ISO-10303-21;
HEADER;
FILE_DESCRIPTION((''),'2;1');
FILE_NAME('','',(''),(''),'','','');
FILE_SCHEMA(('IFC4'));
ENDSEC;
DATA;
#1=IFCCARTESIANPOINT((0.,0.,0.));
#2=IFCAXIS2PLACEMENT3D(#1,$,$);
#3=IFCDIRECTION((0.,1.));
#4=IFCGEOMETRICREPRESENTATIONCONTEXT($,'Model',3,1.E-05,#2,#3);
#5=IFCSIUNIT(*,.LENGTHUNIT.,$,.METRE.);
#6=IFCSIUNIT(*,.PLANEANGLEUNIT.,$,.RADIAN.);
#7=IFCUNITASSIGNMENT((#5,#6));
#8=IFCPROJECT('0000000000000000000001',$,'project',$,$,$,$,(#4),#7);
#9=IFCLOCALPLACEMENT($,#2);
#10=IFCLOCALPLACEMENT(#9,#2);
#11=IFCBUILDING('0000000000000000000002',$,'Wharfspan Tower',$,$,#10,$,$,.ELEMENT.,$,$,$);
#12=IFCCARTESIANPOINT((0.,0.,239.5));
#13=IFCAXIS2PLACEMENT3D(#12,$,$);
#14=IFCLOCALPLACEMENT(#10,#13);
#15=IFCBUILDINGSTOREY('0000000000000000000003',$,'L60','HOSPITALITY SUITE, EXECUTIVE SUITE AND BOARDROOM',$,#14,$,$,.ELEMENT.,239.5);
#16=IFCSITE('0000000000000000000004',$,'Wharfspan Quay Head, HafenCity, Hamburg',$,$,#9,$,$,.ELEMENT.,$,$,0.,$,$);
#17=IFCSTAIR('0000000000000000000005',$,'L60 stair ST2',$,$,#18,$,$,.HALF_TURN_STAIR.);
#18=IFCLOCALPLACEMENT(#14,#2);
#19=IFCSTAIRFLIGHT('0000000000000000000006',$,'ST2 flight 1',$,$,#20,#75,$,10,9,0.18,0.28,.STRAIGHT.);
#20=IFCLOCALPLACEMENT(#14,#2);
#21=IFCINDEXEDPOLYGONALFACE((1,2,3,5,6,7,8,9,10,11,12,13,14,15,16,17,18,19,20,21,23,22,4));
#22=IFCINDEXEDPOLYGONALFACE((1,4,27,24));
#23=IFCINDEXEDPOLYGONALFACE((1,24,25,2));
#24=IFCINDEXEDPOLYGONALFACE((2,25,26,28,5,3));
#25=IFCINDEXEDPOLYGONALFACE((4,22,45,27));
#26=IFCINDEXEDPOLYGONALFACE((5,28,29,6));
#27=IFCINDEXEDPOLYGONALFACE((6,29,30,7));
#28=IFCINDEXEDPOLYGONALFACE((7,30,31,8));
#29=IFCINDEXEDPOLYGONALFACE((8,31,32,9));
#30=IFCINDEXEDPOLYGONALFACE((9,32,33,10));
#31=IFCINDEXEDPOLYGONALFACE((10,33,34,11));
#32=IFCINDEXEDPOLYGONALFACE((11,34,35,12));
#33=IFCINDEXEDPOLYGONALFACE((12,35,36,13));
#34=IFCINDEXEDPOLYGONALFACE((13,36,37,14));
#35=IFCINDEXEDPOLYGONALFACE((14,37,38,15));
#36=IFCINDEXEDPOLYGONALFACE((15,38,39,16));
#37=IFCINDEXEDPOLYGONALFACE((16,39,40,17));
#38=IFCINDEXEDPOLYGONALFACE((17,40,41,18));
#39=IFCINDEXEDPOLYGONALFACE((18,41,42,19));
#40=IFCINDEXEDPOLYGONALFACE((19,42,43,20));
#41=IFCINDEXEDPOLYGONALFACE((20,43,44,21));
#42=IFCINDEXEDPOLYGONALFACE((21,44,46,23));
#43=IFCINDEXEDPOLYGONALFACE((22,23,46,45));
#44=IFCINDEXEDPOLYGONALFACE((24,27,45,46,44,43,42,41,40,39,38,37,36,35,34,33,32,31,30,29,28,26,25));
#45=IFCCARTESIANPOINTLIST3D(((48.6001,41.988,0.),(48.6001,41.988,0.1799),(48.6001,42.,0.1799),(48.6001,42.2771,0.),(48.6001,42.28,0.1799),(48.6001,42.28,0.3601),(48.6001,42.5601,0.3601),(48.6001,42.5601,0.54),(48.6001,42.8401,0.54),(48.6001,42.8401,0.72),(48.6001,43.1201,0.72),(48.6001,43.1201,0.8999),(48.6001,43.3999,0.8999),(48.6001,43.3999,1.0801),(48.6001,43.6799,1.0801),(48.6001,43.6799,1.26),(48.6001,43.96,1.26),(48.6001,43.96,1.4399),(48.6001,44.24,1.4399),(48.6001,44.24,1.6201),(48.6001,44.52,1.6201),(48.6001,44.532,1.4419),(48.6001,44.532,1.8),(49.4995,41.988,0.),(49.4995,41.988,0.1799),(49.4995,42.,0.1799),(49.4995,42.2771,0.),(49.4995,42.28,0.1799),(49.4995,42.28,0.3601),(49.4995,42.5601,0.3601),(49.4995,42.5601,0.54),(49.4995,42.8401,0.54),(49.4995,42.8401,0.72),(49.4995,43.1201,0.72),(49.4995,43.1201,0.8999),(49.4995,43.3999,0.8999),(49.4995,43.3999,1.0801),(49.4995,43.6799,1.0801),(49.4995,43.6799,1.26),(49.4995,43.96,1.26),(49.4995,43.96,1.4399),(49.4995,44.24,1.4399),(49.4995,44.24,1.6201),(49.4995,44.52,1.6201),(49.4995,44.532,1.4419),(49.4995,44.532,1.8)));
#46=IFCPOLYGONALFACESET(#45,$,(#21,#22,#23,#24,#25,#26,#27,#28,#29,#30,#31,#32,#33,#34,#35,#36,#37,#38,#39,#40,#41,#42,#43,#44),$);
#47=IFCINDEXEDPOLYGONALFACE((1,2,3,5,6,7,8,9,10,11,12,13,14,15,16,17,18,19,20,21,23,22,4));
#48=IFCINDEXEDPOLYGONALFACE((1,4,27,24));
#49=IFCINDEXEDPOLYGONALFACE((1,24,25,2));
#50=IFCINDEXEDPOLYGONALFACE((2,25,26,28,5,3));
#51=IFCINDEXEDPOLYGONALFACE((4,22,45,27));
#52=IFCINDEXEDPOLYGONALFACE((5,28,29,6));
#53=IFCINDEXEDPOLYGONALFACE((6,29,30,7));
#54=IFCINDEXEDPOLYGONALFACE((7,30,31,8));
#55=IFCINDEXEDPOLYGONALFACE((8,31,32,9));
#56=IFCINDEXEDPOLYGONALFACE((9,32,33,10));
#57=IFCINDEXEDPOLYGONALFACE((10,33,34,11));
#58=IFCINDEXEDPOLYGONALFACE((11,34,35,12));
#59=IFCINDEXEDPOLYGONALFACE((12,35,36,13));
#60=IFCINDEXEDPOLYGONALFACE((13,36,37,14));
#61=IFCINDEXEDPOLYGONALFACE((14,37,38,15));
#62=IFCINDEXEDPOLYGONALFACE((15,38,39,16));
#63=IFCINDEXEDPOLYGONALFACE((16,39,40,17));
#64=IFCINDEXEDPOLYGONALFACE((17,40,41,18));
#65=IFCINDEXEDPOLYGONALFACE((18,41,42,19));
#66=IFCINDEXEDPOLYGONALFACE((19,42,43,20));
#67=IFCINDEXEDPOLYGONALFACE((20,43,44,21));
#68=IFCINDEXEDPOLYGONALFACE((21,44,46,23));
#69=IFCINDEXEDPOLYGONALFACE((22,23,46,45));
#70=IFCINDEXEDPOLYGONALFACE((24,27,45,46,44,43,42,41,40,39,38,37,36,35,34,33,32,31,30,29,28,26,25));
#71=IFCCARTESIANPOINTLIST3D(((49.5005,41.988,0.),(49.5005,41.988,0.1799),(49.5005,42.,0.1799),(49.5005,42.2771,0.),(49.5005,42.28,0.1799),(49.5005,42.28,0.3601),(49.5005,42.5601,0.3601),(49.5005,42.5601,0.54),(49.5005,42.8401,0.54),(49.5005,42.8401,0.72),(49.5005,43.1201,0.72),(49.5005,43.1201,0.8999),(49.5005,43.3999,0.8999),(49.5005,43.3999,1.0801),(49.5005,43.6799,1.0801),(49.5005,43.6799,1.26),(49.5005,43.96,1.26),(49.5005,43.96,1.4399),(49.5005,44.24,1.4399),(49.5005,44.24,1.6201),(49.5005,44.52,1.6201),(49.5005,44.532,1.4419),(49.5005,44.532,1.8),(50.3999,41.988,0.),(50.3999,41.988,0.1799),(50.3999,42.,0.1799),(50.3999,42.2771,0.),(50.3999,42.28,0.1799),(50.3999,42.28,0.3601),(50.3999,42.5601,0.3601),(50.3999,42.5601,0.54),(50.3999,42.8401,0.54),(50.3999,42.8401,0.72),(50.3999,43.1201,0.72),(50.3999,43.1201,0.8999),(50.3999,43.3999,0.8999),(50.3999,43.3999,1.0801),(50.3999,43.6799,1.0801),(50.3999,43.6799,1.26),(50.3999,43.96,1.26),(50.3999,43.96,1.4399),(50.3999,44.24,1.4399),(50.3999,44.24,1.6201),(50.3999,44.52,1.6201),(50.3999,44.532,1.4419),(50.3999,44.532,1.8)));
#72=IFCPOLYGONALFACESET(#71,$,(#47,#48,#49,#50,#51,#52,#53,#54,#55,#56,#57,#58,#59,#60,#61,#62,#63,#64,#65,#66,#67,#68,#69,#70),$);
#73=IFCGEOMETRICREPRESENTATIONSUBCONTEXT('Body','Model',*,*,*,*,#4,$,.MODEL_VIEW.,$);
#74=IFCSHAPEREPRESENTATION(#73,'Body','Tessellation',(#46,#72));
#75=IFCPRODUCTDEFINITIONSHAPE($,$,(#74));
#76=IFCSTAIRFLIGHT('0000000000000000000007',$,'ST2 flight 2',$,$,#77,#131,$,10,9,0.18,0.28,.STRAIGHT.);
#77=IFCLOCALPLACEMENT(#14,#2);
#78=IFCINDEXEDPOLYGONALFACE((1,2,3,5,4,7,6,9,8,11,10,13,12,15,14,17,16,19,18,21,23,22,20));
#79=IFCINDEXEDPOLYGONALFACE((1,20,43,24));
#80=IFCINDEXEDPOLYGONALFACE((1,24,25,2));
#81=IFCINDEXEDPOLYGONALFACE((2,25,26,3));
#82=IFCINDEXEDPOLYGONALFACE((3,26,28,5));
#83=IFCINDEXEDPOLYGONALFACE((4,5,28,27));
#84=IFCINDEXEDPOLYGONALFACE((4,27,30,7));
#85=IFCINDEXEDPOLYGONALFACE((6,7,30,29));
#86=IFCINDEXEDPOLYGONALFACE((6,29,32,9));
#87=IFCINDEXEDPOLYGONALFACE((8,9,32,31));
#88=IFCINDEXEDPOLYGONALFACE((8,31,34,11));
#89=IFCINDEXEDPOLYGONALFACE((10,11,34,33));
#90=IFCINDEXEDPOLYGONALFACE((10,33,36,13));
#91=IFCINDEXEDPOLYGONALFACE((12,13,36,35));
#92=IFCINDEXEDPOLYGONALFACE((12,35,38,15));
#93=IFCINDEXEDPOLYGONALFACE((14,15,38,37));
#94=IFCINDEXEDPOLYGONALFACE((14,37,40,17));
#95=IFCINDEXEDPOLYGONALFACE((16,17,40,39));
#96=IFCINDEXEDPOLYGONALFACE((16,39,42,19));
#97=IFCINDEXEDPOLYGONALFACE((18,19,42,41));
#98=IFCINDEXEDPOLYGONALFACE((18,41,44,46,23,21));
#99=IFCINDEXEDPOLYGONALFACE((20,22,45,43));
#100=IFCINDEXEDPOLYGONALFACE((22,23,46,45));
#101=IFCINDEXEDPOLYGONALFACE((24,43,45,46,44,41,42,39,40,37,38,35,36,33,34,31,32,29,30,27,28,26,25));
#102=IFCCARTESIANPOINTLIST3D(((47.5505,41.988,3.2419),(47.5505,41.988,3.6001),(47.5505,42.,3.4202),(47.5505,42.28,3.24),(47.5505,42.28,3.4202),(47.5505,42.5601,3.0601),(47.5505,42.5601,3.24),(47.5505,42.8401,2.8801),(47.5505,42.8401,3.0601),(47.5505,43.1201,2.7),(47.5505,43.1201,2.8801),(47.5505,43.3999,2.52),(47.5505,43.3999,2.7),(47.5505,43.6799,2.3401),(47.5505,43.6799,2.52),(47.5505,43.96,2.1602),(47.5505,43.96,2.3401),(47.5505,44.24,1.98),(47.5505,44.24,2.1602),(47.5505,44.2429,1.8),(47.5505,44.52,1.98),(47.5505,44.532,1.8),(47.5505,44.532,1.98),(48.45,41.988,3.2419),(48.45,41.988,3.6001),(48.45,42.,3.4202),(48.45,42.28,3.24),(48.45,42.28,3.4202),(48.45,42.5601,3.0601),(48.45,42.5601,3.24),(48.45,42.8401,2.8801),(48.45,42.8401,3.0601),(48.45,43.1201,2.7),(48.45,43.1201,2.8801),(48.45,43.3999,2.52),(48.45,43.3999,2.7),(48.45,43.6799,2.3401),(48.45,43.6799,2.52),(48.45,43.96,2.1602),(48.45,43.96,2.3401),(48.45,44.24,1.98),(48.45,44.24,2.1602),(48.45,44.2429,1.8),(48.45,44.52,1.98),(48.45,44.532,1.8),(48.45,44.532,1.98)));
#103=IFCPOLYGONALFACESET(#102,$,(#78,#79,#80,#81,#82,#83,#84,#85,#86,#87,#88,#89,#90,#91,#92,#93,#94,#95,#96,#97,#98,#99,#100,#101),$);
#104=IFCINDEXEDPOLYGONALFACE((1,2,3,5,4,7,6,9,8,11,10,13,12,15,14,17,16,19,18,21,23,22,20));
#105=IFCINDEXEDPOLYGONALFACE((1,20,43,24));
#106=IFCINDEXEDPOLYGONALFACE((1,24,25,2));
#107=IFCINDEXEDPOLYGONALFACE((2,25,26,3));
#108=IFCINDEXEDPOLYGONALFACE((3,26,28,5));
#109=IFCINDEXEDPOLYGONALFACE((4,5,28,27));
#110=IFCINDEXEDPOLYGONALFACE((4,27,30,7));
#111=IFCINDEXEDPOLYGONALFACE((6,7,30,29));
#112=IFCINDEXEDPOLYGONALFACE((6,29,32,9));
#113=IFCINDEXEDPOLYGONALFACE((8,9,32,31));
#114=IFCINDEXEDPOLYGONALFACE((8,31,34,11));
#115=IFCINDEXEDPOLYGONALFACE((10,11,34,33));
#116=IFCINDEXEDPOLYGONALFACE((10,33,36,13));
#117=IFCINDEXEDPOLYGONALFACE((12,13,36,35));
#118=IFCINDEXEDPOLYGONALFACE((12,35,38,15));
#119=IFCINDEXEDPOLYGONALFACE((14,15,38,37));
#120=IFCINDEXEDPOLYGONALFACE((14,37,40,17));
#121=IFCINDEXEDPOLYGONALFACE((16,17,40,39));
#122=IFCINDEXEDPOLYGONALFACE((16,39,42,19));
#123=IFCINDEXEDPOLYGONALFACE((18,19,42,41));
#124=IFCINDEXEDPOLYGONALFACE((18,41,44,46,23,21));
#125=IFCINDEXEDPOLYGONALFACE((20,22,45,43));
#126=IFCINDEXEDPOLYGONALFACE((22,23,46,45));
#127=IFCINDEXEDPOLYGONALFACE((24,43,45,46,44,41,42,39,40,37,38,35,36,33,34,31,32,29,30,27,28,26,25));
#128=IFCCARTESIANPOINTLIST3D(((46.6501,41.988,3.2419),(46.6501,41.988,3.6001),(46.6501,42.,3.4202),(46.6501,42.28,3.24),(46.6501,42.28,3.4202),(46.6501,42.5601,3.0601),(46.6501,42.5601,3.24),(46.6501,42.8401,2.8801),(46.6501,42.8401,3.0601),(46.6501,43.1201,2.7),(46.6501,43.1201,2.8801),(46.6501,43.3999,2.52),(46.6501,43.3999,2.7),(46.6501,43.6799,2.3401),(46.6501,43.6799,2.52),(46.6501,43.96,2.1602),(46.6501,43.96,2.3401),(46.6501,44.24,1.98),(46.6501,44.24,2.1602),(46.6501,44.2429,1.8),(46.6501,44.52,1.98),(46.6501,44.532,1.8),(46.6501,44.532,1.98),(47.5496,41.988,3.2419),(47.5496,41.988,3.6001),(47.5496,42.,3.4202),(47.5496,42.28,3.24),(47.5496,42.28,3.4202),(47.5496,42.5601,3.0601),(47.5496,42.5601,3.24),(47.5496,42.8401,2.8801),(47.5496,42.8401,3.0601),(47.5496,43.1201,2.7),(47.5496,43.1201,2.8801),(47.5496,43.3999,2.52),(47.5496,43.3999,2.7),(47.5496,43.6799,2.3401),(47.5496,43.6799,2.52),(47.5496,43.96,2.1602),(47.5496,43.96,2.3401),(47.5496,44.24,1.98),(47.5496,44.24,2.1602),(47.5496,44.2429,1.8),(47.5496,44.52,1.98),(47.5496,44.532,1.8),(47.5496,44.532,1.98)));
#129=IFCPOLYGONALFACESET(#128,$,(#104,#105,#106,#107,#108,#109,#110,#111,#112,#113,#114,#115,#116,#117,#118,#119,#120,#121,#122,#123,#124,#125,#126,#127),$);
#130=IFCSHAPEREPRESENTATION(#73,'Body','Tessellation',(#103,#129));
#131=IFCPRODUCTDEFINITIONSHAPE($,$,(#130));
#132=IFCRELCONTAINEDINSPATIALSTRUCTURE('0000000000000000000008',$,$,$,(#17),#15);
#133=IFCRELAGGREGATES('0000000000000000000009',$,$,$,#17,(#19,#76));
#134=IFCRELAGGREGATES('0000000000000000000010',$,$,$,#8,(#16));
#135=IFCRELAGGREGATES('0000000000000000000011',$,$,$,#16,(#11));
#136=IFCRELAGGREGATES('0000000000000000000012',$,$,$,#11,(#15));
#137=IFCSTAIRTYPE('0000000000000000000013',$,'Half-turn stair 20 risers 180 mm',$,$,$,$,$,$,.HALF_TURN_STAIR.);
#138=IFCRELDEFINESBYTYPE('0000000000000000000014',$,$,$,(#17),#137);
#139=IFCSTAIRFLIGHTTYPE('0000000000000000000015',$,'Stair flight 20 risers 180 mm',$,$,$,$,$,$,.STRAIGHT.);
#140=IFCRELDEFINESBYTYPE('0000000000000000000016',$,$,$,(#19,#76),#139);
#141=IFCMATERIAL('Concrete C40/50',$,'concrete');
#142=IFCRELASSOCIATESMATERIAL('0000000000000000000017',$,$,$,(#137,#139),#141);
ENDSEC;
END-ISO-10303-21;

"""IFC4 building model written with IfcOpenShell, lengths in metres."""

from ifc_helpers import new_model, si_unit, direction, frame, origin, place, context, subcontext, project, spatial, polyline, outline, extrude, material, type_object, element, aggregate, save


model = new_model("IFC4")

# Units and contexts
model_context = context("Model", 3, precision=1e-05, world=origin(), true_north=direction((0.0, 1.0)))
body_context = subcontext(model_context, "Body", "Model", "MODEL_VIEW")
ifc_project = project(units=[si_unit("LENGTHUNIT", "METRE"), si_unit("PLANEANGLEUNIT", "RADIAN")], contexts=[model_context])

# Site, building, storey
site_placement = place(None, origin())
site = spatial("IfcSite", under=ifc_project, at=site_placement, Name="Wharfspan Quay Head, HafenCity, Hamburg", CompositionType="ELEMENT", RefElevation=0.0)
building_placement = place(site_placement, origin())
building = spatial("IfcBuilding", under=site, at=building_placement, Name="Wharfspan Tower", CompositionType="ELEMENT")
storey_placement = place(building_placement, frame((0.0, 0.0, 239.5)))
storey = spatial("IfcBuildingStorey", under=building, at=storey_placement, Name="L60", Description="HOSPITALITY SUITE, EXECUTIVE SUITE AND BOARDROOM", CompositionType="ELEMENT", Elevation=239.5)

# Shared definitions
ifc_material_1 = material(Name="Concrete C40/50", Category="concrete")

# Stair, stair flights
stair_type = type_object("IfcStairType", Name="Half-turn stair 20 risers 180 mm", PredefinedType="HALF_TURN_STAIR", material=ifc_material_1)
stair_placement = place(storey_placement, origin())
stair = element("IfcStair", 1, at=stair_placement, inside=storey, type_object=stair_type, Name="L60 stair ST2", PredefinedType="HALF_TURN_STAIR")
stair_flight_type = type_object("IfcStairFlightType", Name="Stair flight 20 risers 180 mm", PredefinedType="STRAIGHT", material=ifc_material_1)
stair_flight_1_placement = place(storey_placement, frame((49.5, 42.0, 0.0), z_axis=(0.0, 0.0, 1.0), x_axis=(0.0, 1.0, 0.0)))
stair_flight_1 = element("IfcStairFlight", 2, at=stair_flight_1_placement, type_object=stair_flight_type, Name="ST2 flight 1", NumberOfRisers=10, NumberOfTreads=9, PredefinedType="STRAIGHT", RiserHeight=0.18, TreadLength=0.28, context=body_context, shape_type="SweptSolid", body=[
    extrude(outline(polyline([(-0.012, 0.0), (-0.012, 0.1799), (0.0, 0.1799), (0.28, 0.1799), (0.28, 0.3601), (0.5601, 0.3601), (0.5601, 0.54), (0.8401, 0.54), (0.8401, 0.72), (1.1201, 0.72), (1.1201, 0.8999), (1.3999, 0.8999), (1.3999, 1.0801), (1.6799, 1.0801), (1.6799, 1.26), (1.96, 1.26), (1.96, 1.4399), (2.24, 1.4399), (2.24, 1.6201), (2.52, 1.6201), (2.532, 1.8), (2.532, 1.4419), (0.2771, 0.0), (-0.012, 0.0)])), frame((0.0, 0.8999, 0.0), z_axis=(0.0, -1.0, 0.0), x_axis=(1.0, 0.0, 0.0)), (0.0, 0.0, 1.0), 0.8994),
    extrude(outline(polyline([(-0.012, 0.0), (-0.012, 0.1799), (0.0, 0.1799), (0.28, 0.1799), (0.28, 0.3601), (0.5601, 0.3601), (0.5601, 0.54), (0.8401, 0.54), (0.8401, 0.72), (1.1201, 0.72), (1.1201, 0.8999), (1.3999, 0.8999), (1.3999, 1.0801), (1.6799, 1.0801), (1.6799, 1.26), (1.96, 1.26), (1.96, 1.4399), (2.24, 1.4399), (2.24, 1.6201), (2.52, 1.6201), (2.532, 1.8), (2.532, 1.4419), (0.2771, 0.0), (-0.012, 0.0)])), frame((0.0, -0.0005, 0.0), z_axis=(0.0, -1.0, 0.0), x_axis=(1.0, 0.0, 0.0)), (0.0, 0.0, 1.0), 0.8994),
])
stair_flight_2_placement = place(storey_placement, frame((47.55, 44.52, 1.8), z_axis=(0.0, 0.0, 1.0), x_axis=(0.0, -1.0, 0.0)))
stair_flight_2 = element("IfcStairFlight", 3, at=stair_flight_2_placement, type_object=stair_flight_type, Name="ST2 flight 2", NumberOfRisers=10, NumberOfTreads=9, PredefinedType="STRAIGHT", RiserHeight=0.18, TreadLength=0.28, context=body_context, shape_type="SweptSolid", body=[
    extrude(outline(polyline([(-0.012, 0.0), (-0.012, 0.1799), (0.0, 0.1799), (0.28, 0.1799), (0.28, 0.3601), (0.5601, 0.3601), (0.5601, 0.54), (0.8401, 0.54), (0.8401, 0.72), (1.1201, 0.72), (1.1201, 0.8999), (1.3999, 0.8999), (1.3999, 1.0801), (1.6799, 1.0801), (1.6799, 1.26), (1.96, 1.26), (1.96, 1.4399), (2.24, 1.4399), (2.24, 1.6201), (2.52, 1.6201), (2.532, 1.8), (2.532, 1.4419), (0.2771, 0.0), (-0.012, 0.0)])), frame((0.0, 0.8999, 0.0), z_axis=(0.0, -1.0, 0.0), x_axis=(1.0, 0.0, 0.0)), (0.0, 0.0, 1.0), 0.8994),
    extrude(outline(polyline([(-0.012, 0.0), (-0.012, 0.1799), (0.0, 0.1799), (0.28, 0.1799), (0.28, 0.3601), (0.5601, 0.3601), (0.5601, 0.54), (0.8401, 0.54), (0.8401, 0.72), (1.1201, 0.72), (1.1201, 0.8999), (1.3999, 0.8999), (1.3999, 1.0801), (1.6799, 1.0801), (1.6799, 1.26), (1.96, 1.26), (1.96, 1.4399), (2.24, 1.4399), (2.24, 1.6201), (2.52, 1.6201), (2.532, 1.8), (2.532, 1.4419), (0.2771, 0.0), (-0.012, 0.0)])), frame((0.0, -0.0005, 0.0), z_axis=(0.0, -1.0, 0.0), x_axis=(1.0, 0.0, 0.0)), (0.0, 0.0, 1.0), 0.8994),
])
aggregate(stair, [stair_flight_1, stair_flight_2])

save(model, "model.ifc")
